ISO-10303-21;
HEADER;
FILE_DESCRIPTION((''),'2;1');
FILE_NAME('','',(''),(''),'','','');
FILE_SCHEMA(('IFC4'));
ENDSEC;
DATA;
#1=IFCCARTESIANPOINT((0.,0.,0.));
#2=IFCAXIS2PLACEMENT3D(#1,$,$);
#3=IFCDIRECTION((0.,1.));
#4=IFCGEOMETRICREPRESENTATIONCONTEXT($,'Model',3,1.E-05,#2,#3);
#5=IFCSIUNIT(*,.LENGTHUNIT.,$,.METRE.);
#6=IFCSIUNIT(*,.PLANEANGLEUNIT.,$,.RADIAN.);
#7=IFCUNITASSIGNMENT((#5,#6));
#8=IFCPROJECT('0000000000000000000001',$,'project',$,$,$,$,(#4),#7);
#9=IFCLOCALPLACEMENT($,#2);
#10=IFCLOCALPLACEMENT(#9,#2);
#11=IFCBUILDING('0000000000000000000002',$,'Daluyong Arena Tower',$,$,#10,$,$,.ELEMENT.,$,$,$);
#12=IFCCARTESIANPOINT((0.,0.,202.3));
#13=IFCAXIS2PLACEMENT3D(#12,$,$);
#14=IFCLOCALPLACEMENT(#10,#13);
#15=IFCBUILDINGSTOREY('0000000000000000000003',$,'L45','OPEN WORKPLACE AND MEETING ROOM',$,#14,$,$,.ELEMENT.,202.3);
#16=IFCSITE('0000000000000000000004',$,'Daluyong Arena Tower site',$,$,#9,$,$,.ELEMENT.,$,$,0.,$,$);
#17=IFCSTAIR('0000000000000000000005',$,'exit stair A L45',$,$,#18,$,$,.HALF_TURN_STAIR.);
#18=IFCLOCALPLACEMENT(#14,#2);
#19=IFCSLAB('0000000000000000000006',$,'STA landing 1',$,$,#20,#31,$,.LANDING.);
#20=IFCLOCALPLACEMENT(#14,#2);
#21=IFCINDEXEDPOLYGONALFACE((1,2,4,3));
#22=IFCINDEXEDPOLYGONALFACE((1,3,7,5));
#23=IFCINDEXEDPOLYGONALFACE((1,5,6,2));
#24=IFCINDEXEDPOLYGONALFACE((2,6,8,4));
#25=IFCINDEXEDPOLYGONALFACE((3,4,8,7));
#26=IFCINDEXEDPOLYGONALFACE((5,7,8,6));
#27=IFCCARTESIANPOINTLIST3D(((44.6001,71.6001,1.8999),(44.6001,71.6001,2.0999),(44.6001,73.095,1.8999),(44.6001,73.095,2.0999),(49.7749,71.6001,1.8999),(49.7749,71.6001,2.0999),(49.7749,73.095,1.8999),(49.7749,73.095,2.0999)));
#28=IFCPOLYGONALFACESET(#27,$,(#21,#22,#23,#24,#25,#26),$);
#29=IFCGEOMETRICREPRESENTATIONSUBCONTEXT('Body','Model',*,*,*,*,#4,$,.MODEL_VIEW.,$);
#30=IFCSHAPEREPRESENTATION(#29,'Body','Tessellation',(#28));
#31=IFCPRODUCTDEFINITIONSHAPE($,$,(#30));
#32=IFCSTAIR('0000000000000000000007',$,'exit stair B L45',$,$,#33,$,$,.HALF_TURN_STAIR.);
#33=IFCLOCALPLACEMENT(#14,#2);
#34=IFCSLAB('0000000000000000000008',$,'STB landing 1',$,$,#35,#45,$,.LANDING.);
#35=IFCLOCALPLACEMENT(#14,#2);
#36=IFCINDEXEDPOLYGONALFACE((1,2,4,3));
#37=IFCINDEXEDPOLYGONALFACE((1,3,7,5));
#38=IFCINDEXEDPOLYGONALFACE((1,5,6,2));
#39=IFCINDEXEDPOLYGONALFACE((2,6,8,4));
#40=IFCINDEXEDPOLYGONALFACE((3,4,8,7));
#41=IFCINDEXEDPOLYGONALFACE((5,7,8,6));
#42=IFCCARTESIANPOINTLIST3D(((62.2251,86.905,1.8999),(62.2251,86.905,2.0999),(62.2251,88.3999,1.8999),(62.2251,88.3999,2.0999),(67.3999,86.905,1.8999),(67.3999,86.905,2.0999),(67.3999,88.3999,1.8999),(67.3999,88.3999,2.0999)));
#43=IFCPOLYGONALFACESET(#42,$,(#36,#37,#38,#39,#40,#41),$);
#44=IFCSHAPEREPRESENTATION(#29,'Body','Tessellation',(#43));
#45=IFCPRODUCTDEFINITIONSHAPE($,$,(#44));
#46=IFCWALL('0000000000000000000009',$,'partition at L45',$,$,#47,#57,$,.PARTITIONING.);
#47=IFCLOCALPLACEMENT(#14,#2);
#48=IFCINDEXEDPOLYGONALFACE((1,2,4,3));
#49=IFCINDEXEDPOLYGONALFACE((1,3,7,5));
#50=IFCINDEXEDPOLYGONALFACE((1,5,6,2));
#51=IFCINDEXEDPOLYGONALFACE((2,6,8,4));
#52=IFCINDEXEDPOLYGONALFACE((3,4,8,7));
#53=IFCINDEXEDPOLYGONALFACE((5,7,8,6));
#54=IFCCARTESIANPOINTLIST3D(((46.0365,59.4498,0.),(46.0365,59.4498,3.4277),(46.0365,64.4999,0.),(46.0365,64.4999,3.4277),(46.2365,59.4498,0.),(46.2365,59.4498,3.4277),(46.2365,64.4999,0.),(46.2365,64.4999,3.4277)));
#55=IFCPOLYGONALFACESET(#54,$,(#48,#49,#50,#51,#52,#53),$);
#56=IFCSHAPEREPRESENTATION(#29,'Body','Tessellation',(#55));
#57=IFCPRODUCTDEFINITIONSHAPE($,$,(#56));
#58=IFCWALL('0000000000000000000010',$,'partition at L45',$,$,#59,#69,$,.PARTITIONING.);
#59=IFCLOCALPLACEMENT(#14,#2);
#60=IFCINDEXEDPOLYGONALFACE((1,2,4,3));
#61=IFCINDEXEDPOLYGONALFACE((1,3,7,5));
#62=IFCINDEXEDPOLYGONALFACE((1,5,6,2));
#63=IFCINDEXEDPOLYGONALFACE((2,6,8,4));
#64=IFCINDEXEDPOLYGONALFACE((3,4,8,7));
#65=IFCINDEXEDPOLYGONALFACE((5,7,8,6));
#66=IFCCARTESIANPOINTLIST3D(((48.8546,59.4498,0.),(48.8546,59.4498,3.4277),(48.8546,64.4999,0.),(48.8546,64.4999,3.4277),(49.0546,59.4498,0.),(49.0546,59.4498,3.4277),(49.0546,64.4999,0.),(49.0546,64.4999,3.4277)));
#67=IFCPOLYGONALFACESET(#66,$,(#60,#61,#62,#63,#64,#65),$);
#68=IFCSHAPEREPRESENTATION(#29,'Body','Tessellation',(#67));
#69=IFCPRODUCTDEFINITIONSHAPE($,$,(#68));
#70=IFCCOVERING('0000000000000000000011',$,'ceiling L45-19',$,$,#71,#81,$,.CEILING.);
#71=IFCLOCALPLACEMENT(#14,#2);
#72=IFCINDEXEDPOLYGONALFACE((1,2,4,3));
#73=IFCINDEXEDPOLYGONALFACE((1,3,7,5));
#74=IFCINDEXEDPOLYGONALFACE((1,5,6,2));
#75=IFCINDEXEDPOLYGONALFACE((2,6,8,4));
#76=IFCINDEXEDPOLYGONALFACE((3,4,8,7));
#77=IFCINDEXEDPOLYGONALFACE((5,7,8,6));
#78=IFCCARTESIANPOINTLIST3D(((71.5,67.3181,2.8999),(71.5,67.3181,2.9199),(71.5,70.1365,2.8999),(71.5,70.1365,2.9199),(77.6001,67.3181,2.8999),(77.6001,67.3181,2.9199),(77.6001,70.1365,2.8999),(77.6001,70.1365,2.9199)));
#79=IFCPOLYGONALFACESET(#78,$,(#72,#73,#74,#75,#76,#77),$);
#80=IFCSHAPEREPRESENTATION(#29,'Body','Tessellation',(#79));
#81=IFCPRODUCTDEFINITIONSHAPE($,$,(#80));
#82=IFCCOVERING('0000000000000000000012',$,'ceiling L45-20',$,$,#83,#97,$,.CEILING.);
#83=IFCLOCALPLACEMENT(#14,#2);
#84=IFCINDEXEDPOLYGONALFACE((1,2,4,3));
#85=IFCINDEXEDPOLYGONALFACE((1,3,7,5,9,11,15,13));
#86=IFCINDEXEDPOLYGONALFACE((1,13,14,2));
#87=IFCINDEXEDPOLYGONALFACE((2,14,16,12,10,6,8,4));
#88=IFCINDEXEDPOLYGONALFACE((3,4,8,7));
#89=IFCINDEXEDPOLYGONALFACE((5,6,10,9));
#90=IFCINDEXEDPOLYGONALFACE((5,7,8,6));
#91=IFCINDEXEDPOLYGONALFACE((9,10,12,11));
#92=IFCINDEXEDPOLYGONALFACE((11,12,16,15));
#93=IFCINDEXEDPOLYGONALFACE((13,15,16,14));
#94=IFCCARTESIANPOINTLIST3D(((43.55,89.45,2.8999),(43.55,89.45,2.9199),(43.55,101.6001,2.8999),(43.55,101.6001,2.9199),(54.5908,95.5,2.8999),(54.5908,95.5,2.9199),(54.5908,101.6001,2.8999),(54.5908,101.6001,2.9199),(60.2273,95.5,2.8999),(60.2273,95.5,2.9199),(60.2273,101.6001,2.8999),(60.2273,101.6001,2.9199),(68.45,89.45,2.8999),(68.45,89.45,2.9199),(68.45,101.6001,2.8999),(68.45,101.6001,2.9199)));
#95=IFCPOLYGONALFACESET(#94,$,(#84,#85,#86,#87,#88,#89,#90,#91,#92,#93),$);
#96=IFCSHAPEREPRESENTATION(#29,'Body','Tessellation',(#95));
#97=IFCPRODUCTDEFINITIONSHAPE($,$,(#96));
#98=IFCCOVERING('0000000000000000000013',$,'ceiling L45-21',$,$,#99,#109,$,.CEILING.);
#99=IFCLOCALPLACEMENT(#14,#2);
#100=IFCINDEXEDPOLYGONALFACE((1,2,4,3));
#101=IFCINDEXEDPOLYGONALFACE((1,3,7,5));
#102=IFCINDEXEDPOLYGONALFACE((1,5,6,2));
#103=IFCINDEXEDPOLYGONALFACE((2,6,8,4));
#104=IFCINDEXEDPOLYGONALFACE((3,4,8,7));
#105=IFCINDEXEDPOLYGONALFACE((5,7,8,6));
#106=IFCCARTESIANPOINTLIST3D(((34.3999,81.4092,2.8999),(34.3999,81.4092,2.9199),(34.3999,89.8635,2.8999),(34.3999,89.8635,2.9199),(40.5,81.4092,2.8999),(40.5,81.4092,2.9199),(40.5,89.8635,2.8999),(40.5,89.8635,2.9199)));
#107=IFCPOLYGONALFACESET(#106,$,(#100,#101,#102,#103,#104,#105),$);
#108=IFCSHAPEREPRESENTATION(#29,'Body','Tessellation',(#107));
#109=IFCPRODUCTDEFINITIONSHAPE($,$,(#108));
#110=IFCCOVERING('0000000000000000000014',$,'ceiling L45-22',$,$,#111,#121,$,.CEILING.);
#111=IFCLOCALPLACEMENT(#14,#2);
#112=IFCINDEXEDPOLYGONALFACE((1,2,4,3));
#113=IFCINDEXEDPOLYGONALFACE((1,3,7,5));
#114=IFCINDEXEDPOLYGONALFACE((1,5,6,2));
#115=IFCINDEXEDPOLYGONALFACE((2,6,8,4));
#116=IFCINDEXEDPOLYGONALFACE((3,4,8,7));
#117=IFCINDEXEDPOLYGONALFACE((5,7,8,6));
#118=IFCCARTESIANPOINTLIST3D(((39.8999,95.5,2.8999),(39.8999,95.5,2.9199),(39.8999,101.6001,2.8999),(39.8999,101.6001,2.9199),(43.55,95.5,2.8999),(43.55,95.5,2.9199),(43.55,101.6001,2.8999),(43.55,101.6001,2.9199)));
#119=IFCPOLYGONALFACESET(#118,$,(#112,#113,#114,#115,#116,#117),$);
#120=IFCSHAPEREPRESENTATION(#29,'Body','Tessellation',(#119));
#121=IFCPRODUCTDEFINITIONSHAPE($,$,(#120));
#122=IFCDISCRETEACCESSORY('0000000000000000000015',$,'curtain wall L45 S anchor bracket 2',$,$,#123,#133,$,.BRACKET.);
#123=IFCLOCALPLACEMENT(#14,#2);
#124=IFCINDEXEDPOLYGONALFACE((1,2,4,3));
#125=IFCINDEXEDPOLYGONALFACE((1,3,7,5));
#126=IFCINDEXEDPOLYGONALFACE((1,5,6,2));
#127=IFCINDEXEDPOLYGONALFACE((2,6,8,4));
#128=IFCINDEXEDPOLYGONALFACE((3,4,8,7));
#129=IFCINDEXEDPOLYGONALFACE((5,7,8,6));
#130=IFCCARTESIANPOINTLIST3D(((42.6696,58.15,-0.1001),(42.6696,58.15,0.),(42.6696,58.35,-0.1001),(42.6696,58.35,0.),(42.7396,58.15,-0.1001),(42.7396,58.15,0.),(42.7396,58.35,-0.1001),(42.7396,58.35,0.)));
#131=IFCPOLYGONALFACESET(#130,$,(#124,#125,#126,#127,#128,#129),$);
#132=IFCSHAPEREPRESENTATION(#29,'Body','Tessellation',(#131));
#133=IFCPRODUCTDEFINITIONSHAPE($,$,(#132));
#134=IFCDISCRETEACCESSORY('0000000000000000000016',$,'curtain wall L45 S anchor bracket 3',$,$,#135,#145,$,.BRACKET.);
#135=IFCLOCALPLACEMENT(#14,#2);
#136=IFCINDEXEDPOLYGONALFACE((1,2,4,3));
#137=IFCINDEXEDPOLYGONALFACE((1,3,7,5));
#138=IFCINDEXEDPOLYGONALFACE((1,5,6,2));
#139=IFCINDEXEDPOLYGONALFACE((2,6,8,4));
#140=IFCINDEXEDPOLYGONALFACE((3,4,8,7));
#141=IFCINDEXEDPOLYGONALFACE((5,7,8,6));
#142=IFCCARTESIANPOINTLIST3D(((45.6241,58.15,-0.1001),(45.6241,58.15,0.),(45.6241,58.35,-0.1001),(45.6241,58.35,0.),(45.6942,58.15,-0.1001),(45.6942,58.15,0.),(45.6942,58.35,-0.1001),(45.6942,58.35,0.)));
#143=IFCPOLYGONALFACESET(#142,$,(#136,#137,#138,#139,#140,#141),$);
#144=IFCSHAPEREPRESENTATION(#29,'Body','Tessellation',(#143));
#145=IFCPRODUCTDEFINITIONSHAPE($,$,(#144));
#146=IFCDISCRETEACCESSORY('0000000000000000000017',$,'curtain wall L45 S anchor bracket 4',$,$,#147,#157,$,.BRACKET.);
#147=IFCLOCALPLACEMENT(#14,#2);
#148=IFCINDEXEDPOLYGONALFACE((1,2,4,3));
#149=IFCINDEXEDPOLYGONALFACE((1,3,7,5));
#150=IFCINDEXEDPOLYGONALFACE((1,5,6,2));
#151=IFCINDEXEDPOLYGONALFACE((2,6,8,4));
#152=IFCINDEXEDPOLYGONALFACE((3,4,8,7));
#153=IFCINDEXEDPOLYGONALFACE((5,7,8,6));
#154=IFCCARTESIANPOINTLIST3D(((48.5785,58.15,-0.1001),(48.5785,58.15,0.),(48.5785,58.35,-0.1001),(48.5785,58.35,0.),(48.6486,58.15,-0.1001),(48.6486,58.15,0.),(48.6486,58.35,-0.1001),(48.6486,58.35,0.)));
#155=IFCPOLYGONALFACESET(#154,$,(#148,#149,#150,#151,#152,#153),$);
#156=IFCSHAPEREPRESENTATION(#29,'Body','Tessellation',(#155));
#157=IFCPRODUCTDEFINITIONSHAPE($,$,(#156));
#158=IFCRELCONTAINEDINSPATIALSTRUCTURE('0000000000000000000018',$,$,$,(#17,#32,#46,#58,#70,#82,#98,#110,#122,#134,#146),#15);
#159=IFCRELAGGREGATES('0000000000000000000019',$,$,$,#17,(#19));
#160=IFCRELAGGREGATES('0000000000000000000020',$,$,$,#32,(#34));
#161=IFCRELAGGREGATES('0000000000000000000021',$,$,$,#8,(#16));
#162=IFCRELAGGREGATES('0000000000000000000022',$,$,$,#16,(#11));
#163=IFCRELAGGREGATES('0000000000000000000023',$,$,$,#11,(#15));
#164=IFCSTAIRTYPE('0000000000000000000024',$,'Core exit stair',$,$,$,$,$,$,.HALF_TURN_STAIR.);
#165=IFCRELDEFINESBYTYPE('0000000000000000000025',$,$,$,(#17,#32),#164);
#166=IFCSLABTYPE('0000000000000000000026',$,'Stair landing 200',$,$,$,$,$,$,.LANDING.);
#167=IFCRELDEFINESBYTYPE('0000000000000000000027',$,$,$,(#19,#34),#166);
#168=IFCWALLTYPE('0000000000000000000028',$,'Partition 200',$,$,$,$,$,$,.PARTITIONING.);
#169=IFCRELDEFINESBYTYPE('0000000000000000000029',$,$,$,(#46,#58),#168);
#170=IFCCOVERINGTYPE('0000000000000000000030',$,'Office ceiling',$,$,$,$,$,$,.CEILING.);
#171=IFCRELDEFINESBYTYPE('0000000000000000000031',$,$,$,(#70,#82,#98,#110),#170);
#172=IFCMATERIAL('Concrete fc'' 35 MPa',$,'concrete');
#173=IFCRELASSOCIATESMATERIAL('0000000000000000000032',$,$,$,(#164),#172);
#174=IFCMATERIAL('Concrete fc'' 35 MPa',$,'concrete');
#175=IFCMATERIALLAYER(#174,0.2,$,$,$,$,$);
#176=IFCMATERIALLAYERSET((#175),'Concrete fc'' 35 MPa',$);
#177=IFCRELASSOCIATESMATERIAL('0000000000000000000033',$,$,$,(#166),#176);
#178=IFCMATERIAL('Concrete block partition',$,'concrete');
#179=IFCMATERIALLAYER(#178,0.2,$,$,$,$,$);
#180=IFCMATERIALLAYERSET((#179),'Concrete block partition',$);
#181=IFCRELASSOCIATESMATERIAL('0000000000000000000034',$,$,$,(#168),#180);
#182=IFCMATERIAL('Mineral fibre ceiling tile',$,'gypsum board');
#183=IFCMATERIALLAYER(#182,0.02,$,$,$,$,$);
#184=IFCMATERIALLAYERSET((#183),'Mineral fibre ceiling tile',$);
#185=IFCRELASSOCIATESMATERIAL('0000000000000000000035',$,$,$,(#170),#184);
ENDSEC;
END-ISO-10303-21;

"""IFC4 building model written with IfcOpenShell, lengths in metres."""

from ifc_helpers import new_model, si_unit, direction, frame, frame_2d, origin, origin_2d, place, context, subcontext, project, spatial, polyline, rectangle, outline, extrude, material, layer, layer_set, type_object, element, aggregate, save


model = new_model("IFC4")

# Units and contexts
model_context = context("Model", 3, precision=1e-05, world=origin(), true_north=direction((0.0, 1.0)))
body_context = subcontext(model_context, "Body", "Model", "MODEL_VIEW")
ifc_project = project(units=[si_unit("LENGTHUNIT", "METRE"), si_unit("PLANEANGLEUNIT", "RADIAN")], contexts=[model_context])

# Site, building, storey
site_placement = place(None, origin())
site = spatial("IfcSite", under=ifc_project, at=site_placement, Name="Daluyong Arena Tower site", CompositionType="ELEMENT", RefElevation=0.0)
building_placement = place(site_placement, origin())
building = spatial("IfcBuilding", under=site, at=building_placement, Name="Daluyong Arena Tower", CompositionType="ELEMENT")
storey_placement = place(building_placement, frame((0.0, 0.0, 202.3)))
storey = spatial("IfcBuildingStorey", under=building, at=storey_placement, Name="L45", Description="OPEN WORKPLACE AND MEETING ROOM", CompositionType="ELEMENT", Elevation=202.3)

# Stairs, slabs
ifc_material_1 = material(Name="Concrete fc' 35 MPa", Category="concrete")
stair_type = type_object("IfcStairType", Name="Core exit stair", PredefinedType="HALF_TURN_STAIR", material=ifc_material_1)
stair_1_placement = place(storey_placement, origin())
stair_1 = element("IfcStair", 1, at=stair_1_placement, inside=storey, type_object=stair_type, Name="exit stair A L45", PredefinedType="HALF_TURN_STAIR")
ifc_material_2 = material(Name="Concrete fc' 35 MPa", Category="concrete")
ifc_layer_1 = layer(ifc_material_2, 0.2)
ifc_layer_set_1 = layer_set([ifc_layer_1], Name="Concrete fc' 35 MPa")
slab_type = type_object("IfcSlabType", Name="Stair landing 200", PredefinedType="LANDING", material=ifc_layer_set_1)
slab_1_placement = place(storey_placement, frame((0.0, 0.0, 1.8999)))
slab_1 = element("IfcSlab", 2, at=slab_1_placement, type_object=slab_type, Name="STA landing 1", PredefinedType="LANDING", context=body_context, shape_type="SweptSolid", body=[
    extrude(outline(polyline([(44.6001, 71.6001), (49.7749, 71.6001), (49.7749, 73.095), (44.6001, 73.095), (44.6001, 71.6001)])), origin(), (0.0, 0.0, 1.0), 0.2),
])
aggregate(stair_1, [slab_1])
stair_2_placement = place(storey_placement, origin())
stair_2 = element("IfcStair", 3, at=stair_2_placement, inside=storey, type_object=stair_type, Name="exit stair B L45", PredefinedType="HALF_TURN_STAIR")
slab_2_placement = place(storey_placement, frame((0.0, 0.0, 1.8999)))
slab_2 = element("IfcSlab", 4, at=slab_2_placement, type_object=slab_type, Name="STB landing 1", PredefinedType="LANDING", context=body_context, shape_type="SweptSolid", body=[
    extrude(outline(polyline([(62.2251, 86.905), (67.3999, 86.905), (67.3999, 88.3999), (62.2251, 88.3999), (62.2251, 86.905)])), origin(), (0.0, 0.0, 1.0), 0.2),
])
aggregate(stair_2, [slab_2])

# Walls
ifc_material_3 = material(Name="Concrete block partition", Category="concrete")
ifc_layer_2 = layer(ifc_material_3, 0.2)
ifc_layer_set_2 = layer_set([ifc_layer_2], Name="Concrete block partition")
wall_type = type_object("IfcWallType", Name="Partition 200", PredefinedType="PARTITIONING", material=ifc_layer_set_2)
for number, where, z_axis, x_axis, name in (
    (5, (46.1365, 59.45, 0.0), (0.0, 0.0, 1.0), (0.0, 1.0, 0.0), "partition at L45"),
    (6, (48.9546, 59.45, 0.0), (0.0, 0.0, 1.0), (0.0, 1.0, 0.0), "partition at L45"),
):
    element("IfcWall", number, at=place(storey_placement, frame(where, z_axis=z_axis, x_axis=x_axis)), inside=storey, type_object=wall_type, Name=name, PredefinedType="PARTITIONING", context=body_context, shape_type="SweptSolid", body=[
        extrude(rectangle(XDim=5.05, YDim=0.2, at=frame_2d((2.5249, 0.0))), origin(), (0.0, 0.0, 1.0), 3.4277),
    ])

# Coverings
ifc_material_4 = material(Name="Mineral fibre ceiling tile", Category="gypsum board")
ifc_layer_3 = layer(ifc_material_4, 0.02)
ifc_layer_set_3 = layer_set([ifc_layer_3], Name="Mineral fibre ceiling tile")
covering_type = type_object("IfcCoveringType", Name="Office ceiling", PredefinedType="CEILING", material=ifc_layer_set_3)
covering_1_placement = place(storey_placement, frame((0.0, 0.0, 2.8999)))
element("IfcCovering", 7, at=covering_1_placement, inside=storey, type_object=covering_type, Name="ceiling L45-19", PredefinedType="CEILING", context=body_context, shape_type="SweptSolid", body=[
    extrude(outline(polyline([(77.6001, 67.3181), (77.6001, 70.1365), (71.5, 70.1365), (71.5, 67.3181), (77.6001, 67.3181)])), origin(), (0.0, 0.0, 1.0), 0.02),
])
covering_2_placement = place(storey_placement, frame((0.0, 0.0, 2.8999)))
element("IfcCovering", 8, at=covering_2_placement, inside=storey, type_object=covering_type, Name="ceiling L45-20", PredefinedType="CEILING", context=body_context, shape_type="SweptSolid", body=[
    extrude(outline(polyline([(54.5908, 101.6001), (43.55, 101.6001), (43.55, 89.45), (68.45, 89.45), (68.45, 101.6001), (60.2273, 101.6001), (60.2273, 95.5), (54.5908, 95.5), (54.5908, 101.6001)])), origin(), (0.0, 0.0, 1.0), 0.02),
])
covering_3_placement = place(storey_placement, frame((0.0, 0.0, 2.8999)))
element("IfcCovering", 9, at=covering_3_placement, inside=storey, type_object=covering_type, Name="ceiling L45-21", PredefinedType="CEILING", context=body_context, shape_type="SweptSolid", body=[
    extrude(outline(polyline([(34.3999, 81.4092), (40.5, 81.4092), (40.5, 89.8635), (34.3999, 89.8635), (34.3999, 81.4092)])), origin(), (0.0, 0.0, 1.0), 0.02),
])
covering_4_placement = place(storey_placement, frame((0.0, 0.0, 2.8999)))
element("IfcCovering", 10, at=covering_4_placement, inside=storey, type_object=covering_type, Name="ceiling L45-22", PredefinedType="CEILING", context=body_context, shape_type="SweptSolid", body=[
    extrude(outline(polyline([(39.8999, 101.6001), (39.8999, 95.5), (43.55, 95.5), (43.55, 101.6001), (39.8999, 101.6001)])), origin(), (0.0, 0.0, 1.0), 0.02),
])

# Discrete accessories
for number, where, z_axis, x_axis, name in (
    (11, (42.7046, 58.25, -0.1001), (0.0, 0.0, 1.0), (1.0, 0.0, 0.0), "curtain wall L45 S anchor bracket 2"),
    (12, (45.6592, 58.25, -0.1001), (0.0, 0.0, 1.0), (1.0, 0.0, 0.0), "curtain wall L45 S anchor bracket 3"),
    (13, (48.6135, 58.25, -0.1001), (0.0, 0.0, 1.0), (1.0, 0.0, 0.0), "curtain wall L45 S anchor bracket 4"),
):
    element("IfcDiscreteAccessory", number, at=place(storey_placement, frame(where, z_axis=z_axis, x_axis=x_axis)), inside=storey, Name=name, PredefinedType="BRACKET", context=body_context, shape_type="SweptSolid", body=[
        extrude(rectangle(XDim=0.0701, YDim=0.2, at=origin_2d()), origin(), (0.0, 0.0, 1.0), 0.1001),
    ])

save(model, "model.ifc")
